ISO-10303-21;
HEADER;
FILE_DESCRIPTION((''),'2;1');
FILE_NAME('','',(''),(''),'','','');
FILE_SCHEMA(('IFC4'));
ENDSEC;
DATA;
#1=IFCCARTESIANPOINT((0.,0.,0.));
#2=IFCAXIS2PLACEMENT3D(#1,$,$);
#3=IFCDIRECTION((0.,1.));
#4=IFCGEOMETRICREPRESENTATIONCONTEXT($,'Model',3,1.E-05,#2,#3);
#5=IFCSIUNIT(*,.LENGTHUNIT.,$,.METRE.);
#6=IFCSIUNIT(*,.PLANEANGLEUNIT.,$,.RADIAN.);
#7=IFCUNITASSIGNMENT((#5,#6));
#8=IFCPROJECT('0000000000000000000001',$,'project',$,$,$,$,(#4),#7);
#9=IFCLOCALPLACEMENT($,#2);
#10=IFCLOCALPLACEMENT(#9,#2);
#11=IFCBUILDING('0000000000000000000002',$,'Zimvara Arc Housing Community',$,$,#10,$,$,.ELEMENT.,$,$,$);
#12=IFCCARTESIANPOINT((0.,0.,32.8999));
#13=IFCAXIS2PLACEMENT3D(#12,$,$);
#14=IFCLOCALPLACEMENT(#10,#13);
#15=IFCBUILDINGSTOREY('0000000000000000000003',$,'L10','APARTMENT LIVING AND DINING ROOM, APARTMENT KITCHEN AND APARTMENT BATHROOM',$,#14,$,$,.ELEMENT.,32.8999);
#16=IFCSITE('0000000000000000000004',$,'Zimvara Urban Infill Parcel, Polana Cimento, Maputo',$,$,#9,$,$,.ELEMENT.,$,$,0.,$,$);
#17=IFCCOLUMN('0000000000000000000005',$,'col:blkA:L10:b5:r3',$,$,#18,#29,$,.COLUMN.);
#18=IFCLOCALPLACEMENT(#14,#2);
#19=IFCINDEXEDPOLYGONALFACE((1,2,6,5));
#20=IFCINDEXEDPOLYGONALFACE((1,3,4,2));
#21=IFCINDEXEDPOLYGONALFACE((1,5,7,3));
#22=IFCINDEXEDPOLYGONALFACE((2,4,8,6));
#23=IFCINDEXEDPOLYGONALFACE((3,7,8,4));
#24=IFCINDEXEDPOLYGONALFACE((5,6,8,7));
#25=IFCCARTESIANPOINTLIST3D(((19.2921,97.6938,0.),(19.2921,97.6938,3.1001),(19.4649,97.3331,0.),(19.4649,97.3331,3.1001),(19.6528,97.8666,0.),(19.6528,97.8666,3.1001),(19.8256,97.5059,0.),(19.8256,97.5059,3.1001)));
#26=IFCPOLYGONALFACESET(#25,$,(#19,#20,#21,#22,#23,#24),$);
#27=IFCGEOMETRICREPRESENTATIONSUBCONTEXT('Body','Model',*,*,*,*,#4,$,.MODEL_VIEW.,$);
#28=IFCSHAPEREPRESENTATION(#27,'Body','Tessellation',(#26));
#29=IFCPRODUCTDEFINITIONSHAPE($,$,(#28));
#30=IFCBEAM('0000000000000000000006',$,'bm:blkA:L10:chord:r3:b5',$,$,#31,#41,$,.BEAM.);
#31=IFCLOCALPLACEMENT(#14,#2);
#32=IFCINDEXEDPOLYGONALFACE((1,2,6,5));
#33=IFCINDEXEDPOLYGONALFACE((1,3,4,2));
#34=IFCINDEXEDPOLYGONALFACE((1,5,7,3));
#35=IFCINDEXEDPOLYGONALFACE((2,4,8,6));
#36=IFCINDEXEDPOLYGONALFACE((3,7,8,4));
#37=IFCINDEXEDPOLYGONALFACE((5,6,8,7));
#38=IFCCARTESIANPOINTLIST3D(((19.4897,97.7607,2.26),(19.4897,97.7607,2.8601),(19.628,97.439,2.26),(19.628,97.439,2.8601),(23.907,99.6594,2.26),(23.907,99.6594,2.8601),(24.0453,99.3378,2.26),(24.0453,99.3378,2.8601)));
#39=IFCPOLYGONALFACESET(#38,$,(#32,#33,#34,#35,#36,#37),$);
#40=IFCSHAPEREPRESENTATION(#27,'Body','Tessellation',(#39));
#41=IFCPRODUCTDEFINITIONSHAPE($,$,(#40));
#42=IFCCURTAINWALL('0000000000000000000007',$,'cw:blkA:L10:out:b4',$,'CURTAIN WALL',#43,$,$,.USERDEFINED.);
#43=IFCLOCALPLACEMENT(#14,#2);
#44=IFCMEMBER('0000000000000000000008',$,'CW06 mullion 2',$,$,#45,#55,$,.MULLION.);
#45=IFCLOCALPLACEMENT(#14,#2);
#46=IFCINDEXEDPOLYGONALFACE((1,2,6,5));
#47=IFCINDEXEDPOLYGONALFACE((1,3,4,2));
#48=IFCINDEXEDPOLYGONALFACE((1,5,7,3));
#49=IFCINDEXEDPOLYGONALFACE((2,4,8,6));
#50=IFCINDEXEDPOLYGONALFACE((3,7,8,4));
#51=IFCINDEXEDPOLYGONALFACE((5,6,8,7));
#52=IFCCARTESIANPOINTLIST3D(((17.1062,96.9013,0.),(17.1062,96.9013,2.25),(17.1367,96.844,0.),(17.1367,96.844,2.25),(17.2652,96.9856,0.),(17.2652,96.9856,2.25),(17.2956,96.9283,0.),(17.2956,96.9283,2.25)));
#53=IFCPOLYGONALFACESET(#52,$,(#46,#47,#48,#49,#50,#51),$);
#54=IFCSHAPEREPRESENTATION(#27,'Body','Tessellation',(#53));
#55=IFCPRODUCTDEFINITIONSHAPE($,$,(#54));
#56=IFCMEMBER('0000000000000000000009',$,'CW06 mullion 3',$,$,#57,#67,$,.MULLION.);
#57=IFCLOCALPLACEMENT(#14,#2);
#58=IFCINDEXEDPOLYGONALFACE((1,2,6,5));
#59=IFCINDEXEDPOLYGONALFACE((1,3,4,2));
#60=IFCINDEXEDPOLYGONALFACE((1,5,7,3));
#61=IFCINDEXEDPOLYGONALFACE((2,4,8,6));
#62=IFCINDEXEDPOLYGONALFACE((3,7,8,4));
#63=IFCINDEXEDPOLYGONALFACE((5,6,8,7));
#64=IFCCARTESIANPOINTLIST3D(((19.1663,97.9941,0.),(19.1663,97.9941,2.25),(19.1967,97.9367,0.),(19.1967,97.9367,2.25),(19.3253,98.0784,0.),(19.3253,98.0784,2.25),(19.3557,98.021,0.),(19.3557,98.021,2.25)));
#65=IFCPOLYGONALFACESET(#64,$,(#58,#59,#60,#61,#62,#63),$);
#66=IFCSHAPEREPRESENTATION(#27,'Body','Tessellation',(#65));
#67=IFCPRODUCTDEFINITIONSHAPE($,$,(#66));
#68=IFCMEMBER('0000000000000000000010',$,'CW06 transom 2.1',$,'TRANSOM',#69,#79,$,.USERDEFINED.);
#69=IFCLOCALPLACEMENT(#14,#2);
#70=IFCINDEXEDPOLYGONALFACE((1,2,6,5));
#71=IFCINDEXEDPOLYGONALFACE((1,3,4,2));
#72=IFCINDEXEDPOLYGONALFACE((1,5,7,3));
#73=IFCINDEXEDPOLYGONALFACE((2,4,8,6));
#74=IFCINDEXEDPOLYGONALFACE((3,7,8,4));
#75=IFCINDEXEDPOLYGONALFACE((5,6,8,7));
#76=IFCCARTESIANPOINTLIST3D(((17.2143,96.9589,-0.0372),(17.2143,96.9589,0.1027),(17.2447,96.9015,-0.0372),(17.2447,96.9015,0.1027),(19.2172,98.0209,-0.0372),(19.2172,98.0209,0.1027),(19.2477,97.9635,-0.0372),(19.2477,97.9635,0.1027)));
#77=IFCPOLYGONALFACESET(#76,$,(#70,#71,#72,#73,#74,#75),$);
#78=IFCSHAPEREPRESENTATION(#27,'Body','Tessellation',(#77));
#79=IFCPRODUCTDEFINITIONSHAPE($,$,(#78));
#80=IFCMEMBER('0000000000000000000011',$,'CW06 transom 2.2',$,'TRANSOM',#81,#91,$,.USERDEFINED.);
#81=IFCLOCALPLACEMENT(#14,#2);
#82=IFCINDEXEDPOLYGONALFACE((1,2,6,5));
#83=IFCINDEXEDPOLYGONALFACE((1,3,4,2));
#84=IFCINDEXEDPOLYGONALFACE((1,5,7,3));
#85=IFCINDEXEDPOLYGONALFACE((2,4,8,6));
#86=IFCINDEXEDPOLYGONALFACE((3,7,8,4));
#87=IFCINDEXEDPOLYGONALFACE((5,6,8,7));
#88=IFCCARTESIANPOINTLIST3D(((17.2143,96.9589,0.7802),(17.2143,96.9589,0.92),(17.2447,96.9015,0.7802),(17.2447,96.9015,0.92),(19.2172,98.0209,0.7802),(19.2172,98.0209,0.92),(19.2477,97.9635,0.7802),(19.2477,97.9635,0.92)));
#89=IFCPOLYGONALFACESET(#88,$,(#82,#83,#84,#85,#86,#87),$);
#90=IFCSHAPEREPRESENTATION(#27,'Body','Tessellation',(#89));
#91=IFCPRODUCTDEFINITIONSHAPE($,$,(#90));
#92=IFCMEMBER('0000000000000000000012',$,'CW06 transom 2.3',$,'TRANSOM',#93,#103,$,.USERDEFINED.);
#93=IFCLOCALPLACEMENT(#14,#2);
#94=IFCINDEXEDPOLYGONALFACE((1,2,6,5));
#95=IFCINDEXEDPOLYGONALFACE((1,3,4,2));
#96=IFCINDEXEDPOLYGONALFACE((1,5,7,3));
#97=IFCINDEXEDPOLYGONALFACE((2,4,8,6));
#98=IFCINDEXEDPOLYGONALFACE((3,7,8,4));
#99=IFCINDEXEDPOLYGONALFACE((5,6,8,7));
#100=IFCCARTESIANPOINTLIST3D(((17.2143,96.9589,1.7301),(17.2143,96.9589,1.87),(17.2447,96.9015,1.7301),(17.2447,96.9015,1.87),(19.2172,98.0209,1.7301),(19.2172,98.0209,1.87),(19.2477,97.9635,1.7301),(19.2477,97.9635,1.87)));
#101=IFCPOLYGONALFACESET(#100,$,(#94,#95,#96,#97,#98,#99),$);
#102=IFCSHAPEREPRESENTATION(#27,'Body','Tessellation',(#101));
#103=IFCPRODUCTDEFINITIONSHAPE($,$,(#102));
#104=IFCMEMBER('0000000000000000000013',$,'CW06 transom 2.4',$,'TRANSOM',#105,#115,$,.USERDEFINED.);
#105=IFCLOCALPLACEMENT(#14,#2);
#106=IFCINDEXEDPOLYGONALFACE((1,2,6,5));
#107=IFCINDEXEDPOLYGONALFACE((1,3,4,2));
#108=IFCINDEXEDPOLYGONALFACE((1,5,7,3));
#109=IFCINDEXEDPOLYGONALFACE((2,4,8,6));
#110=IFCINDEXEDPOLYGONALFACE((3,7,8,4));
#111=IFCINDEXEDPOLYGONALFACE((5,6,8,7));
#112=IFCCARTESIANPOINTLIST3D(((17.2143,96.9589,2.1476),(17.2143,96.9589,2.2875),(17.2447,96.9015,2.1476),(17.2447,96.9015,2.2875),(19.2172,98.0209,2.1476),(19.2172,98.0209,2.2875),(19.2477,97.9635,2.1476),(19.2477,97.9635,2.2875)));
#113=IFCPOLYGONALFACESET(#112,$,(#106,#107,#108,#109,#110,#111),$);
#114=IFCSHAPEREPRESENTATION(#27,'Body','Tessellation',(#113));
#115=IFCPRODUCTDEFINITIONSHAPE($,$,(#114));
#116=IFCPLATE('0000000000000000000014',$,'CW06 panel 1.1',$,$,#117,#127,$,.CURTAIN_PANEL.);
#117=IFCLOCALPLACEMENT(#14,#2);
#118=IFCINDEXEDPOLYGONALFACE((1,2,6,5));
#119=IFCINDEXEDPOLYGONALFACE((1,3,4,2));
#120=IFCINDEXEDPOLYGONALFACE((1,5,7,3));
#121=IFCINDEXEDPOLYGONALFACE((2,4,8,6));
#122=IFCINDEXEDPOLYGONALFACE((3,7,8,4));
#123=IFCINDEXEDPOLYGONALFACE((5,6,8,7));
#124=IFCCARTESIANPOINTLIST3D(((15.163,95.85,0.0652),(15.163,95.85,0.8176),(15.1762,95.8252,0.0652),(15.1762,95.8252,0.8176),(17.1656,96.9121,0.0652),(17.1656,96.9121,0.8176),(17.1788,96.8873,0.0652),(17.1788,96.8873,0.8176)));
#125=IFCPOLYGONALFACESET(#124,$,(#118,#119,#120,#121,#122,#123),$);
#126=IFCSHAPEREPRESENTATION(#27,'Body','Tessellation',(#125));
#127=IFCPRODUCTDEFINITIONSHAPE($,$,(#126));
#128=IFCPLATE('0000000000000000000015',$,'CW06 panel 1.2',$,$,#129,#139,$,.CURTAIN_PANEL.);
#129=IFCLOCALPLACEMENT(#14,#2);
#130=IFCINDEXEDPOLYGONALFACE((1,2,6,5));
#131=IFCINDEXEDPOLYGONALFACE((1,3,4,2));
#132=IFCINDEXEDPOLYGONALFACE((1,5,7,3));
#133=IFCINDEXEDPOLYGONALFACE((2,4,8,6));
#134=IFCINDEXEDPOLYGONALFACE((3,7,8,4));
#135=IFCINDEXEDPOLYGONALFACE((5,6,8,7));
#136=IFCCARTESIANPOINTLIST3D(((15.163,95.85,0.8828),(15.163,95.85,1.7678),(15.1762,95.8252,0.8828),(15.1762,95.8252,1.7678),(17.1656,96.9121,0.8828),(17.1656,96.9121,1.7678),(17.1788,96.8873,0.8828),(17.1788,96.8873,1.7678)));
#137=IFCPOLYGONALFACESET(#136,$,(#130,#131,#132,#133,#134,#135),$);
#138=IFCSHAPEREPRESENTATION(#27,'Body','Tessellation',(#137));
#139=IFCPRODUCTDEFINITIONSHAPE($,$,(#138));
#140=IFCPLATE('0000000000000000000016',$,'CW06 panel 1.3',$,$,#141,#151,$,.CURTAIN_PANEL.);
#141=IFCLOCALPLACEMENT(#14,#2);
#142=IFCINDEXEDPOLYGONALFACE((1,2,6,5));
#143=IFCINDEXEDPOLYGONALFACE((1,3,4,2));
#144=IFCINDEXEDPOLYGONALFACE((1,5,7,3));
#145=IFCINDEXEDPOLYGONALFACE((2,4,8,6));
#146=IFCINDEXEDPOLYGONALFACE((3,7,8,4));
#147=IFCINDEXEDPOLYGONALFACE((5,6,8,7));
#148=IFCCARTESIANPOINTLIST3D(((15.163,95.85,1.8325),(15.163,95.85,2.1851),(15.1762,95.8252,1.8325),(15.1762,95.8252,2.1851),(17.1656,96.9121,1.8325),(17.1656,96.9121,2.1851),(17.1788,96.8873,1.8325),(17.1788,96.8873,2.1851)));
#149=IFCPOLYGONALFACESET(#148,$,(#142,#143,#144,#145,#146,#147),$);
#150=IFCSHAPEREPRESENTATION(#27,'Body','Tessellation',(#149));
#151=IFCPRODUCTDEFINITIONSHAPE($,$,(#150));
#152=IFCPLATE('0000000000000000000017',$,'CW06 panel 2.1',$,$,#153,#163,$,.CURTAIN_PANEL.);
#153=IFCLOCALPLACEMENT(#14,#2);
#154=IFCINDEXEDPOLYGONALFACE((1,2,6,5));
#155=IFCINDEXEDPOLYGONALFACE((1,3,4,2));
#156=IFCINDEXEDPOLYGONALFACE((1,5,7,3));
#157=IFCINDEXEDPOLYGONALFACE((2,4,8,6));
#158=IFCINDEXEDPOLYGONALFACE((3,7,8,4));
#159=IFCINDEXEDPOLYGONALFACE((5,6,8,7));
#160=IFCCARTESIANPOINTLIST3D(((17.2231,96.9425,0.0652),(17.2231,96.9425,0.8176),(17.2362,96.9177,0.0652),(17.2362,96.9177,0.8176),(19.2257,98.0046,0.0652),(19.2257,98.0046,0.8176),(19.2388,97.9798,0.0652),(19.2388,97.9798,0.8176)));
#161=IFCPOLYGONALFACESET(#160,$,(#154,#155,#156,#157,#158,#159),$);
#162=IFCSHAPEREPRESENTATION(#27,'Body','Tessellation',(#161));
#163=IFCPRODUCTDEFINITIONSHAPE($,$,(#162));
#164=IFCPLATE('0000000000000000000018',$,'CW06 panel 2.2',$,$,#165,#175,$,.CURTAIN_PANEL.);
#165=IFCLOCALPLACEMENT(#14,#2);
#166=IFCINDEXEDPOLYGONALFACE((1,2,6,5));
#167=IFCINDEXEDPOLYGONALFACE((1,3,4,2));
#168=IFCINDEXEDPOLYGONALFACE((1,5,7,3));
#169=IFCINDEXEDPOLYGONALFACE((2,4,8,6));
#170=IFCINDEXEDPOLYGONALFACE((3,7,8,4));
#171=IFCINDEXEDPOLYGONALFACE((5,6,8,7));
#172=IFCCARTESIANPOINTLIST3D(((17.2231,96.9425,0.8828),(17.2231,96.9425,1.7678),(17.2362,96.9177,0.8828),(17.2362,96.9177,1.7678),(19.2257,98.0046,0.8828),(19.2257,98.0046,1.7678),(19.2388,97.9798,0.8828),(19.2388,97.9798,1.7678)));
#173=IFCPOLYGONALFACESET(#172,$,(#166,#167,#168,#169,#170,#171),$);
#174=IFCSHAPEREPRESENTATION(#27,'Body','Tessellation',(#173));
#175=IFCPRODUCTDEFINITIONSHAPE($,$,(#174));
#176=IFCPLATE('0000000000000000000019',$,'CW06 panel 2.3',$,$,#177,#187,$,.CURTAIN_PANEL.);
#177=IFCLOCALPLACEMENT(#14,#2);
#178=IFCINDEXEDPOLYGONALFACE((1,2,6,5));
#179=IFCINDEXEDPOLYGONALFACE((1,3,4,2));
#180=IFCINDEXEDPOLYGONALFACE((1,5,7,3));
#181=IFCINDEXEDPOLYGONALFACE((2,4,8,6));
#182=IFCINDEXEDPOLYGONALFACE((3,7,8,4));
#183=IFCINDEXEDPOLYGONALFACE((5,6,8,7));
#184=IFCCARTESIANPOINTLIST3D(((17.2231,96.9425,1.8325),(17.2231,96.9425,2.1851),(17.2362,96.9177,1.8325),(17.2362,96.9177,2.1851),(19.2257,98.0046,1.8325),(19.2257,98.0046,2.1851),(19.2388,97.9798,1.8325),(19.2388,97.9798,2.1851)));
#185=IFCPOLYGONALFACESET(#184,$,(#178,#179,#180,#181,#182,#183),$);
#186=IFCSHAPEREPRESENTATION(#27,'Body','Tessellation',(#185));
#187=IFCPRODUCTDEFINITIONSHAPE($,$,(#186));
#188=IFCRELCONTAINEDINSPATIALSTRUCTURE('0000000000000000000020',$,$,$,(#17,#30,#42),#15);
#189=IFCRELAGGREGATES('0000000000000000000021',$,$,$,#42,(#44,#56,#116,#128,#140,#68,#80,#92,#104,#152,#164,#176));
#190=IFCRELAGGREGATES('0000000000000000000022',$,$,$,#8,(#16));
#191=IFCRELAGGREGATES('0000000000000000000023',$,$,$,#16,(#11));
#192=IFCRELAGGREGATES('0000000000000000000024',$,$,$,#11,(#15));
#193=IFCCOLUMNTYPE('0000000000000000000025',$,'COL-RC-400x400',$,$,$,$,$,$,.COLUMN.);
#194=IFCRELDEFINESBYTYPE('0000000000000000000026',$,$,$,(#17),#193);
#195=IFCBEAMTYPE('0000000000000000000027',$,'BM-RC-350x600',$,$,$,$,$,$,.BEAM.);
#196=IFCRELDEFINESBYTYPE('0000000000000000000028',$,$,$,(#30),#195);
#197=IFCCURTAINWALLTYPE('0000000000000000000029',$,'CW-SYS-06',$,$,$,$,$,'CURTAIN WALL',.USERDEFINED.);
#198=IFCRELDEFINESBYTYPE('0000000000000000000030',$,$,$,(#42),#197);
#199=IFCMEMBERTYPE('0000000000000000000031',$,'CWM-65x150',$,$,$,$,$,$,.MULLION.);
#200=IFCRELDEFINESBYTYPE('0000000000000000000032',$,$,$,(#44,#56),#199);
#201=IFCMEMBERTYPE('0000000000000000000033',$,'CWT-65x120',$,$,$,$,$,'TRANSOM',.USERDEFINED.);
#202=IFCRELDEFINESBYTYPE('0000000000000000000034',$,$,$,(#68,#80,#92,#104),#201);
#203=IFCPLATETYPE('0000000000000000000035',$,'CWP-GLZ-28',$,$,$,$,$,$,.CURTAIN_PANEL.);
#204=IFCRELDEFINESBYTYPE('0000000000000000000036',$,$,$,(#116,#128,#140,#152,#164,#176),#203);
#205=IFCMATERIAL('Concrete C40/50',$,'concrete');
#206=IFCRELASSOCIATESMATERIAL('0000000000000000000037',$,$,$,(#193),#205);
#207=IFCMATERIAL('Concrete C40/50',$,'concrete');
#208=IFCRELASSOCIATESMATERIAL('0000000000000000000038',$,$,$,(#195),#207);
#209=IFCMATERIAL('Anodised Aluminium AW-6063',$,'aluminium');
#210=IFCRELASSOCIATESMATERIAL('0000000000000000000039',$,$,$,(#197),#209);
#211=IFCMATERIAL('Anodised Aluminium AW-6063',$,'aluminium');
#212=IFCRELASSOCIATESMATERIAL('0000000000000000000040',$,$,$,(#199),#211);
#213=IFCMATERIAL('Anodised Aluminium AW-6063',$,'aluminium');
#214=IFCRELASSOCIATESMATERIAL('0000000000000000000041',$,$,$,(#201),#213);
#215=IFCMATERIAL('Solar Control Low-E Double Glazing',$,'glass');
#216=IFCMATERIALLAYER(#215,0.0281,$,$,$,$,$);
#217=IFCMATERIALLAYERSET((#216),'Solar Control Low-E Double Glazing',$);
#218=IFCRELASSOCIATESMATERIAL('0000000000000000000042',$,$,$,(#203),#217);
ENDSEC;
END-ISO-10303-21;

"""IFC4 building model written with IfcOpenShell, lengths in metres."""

from ifc_helpers import new_model, si_unit, direction, frame, origin, origin_2d, place, context, subcontext, project, spatial, rectangle, extrude, material, layer, layer_set, material_profile, profile_set, type_object, element, aggregate, save


model = new_model("IFC4")

# Units and contexts
model_context = context("Model", 3, precision=1e-05, world=origin(), true_north=direction((0.0, 1.0)))
body_context = subcontext(model_context, "Body", "Model", "MODEL_VIEW")
ifc_project = project(units=[si_unit("LENGTHUNIT", "METRE"), si_unit("PLANEANGLEUNIT", "RADIAN")], contexts=[model_context])

# Site, building, storey
site_placement = place(None, origin())
site = spatial("IfcSite", under=ifc_project, at=site_placement, Name="Zimvara Urban Infill Parcel, Polana Cimento, Maputo", CompositionType="ELEMENT", RefElevation=0.0)
building_placement = place(site_placement, origin())
building = spatial("IfcBuilding", under=site, at=building_placement, Name="Zimvara Arc Housing Community", CompositionType="ELEMENT")
storey_placement = place(building_placement, frame((0.0, 0.0, 32.8999)))
storey = spatial("IfcBuildingStorey", under=building, at=storey_placement, Name="L10", Description="APARTMENT LIVING AND DINING ROOM, APARTMENT KITCHEN AND APARTMENT BATHROOM", CompositionType="ELEMENT", Elevation=32.8999)

# Column
ifc_material_1 = material(Name="Concrete C40/50", Category="concrete")
ifc_material_profile_1 = material_profile(ifc_material_1, rectangle(XDim=0.3999, YDim=0.3999, at=origin_2d()), Name="RC 400x400")
ifc_profile_set_1 = profile_set([ifc_material_profile_1], Name="Concrete C40/50")
column_type = type_object("IfcColumnType", Name="COL-RC-400x400", PredefinedType="COLUMN", material=ifc_profile_set_1)
column_placement = place(storey_placement, frame((19.5588, 97.5999, 0.0), z_axis=(0.0, 0.0, 1.0), x_axis=(-0.432086, 0.901833, 0.0)))
element("IfcColumn", 1, at=column_placement, inside=storey, type_object=column_type, Name="col:blkA:L10:b5:r3", PredefinedType="COLUMN", context=body_context, shape_type="SweptSolid", body=[
    extrude(rectangle(XDim=0.3999, YDim=0.3999, at=origin_2d()), origin(), (0.0, 0.0, 1.0), 3.1001),
])

# Beam
ifc_material_2 = material(Name="Concrete C40/50", Category="concrete")
ifc_material_profile_2 = material_profile(ifc_material_2, rectangle(XDim=0.3501, YDim=0.6001, at=origin_2d()), Name="RC 350x600")
ifc_profile_set_2 = profile_set([ifc_material_profile_2], Name="Concrete C40/50")
beam_type = type_object("IfcBeamType", Name="BM-RC-350x600", PredefinedType="BEAM", material=ifc_profile_set_2)
beam_placement = place(storey_placement, frame((19.5588, 97.5999, 2.5601), z_axis=(0.918724, 0.3949, 0.0), x_axis=(-0.3949, 0.918724, 0.0)))
element("IfcBeam", 2, at=beam_placement, inside=storey, type_object=beam_type, Name="bm:blkA:L10:chord:r3:b5", PredefinedType="BEAM", context=body_context, shape_type="SweptSolid", body=[
    extrude(rectangle(XDim=0.3501, YDim=0.6001, at=origin_2d()), origin(), (0.0, 0.0, 1.0), 4.8081),
])

# Curtain wall, members, plates
ifc_material_3 = material(Name="Anodised Aluminium AW-6063", Category="aluminium")
curtain_wall_type = type_object("IfcCurtainWallType", Name="CW-SYS-06", ElementType="CURTAIN WALL", PredefinedType="USERDEFINED", material=ifc_material_3)
curtain_wall_placement = place(storey_placement, origin())
curtain_wall = element("IfcCurtainWall", 3, at=curtain_wall_placement, inside=storey, type_object=curtain_wall_type, Name="cw:blkA:L10:out:b4", ObjectType="CURTAIN WALL", PredefinedType="USERDEFINED")
ifc_material_4 = material(Name="Anodised Aluminium AW-6063", Category="aluminium")
ifc_material_profile_3 = material_profile(ifc_material_4, rectangle(XDim=0.0649, YDim=0.1799, at=origin_2d()), Name="ALU 65x180")
ifc_profile_set_3 = profile_set([ifc_material_profile_3], Name="Anodised Aluminium AW-6063")
member_type_1 = type_object("IfcMemberType", Name="CWM-65x150", PredefinedType="MULLION", material=ifc_profile_set_3)
member_1_placement = place(storey_placement, frame((17.2009, 96.9148, 0.0), z_axis=(0.0, 0.0, 1.0), x_axis=(-0.468547, 0.883439, 0.0)))
member_1 = element("IfcMember", 4, at=member_1_placement, type_object=member_type_1, Name="CW06 mullion 2", PredefinedType="MULLION", context=body_context, shape_type="SweptSolid", body=[
    extrude(rectangle(XDim=0.0649, YDim=0.1799, at=origin_2d()), origin(), (0.0, 0.0, 1.0), 2.25),
])
member_2_placement = place(storey_placement, frame((19.261, 98.0076, 0.0), z_axis=(0.0, 0.0, 1.0), x_axis=(-0.468547, 0.883439, 0.0)))
member_2 = element("IfcMember", 5, at=member_2_placement, type_object=member_type_1, Name="CW06 mullion 3", PredefinedType="MULLION", context=body_context, shape_type="SweptSolid", body=[
    extrude(rectangle(XDim=0.0649, YDim=0.1799, at=origin_2d()), origin(), (0.0, 0.0, 1.0), 2.25),
])
ifc_material_5 = material(Name="Anodised Aluminium AW-6063", Category="aluminium")
ifc_material_profile_4 = material_profile(ifc_material_5, rectangle(XDim=0.0649, YDim=0.1399, at=origin_2d()), Name="ALU 65x140")
ifc_profile_set_4 = profile_set([ifc_material_profile_4], Name="Anodised Aluminium AW-6063")
member_type_2 = type_object("IfcMemberType", Name="CWT-65x120", ElementType="TRANSOM", PredefinedType="USERDEFINED", material=ifc_profile_set_4)
member_3_placement = place(storey_placement, frame((17.2295, 96.9302, 0.0327), z_axis=(0.883489, 0.468452, 0.0), x_axis=(-0.468452, 0.883489, 0.0)))
member_3 = element("IfcMember", 6, at=member_3_placement, type_object=member_type_2, Name="CW06 transom 2.1", ObjectType="TRANSOM", PredefinedType="USERDEFINED", context=body_context, shape_type="SweptSolid", body=[
    extrude(rectangle(XDim=0.0649, YDim=0.1399, at=origin_2d()), origin(), (0.0, 0.0, 1.0), 2.2671),
])
member_4_placement = place(storey_placement, frame((17.2295, 96.9302, 0.8501), z_axis=(0.883489, 0.468452, 0.0), x_axis=(-0.468452, 0.883489, 0.0)))
member_4 = element("IfcMember", 7, at=member_4_placement, type_object=member_type_2, Name="CW06 transom 2.2", ObjectType="TRANSOM", PredefinedType="USERDEFINED", context=body_context, shape_type="SweptSolid", body=[
    extrude(rectangle(XDim=0.0649, YDim=0.1399, at=origin_2d()), origin(), (0.0, 0.0, 1.0), 2.2671),
])
member_5_placement = place(storey_placement, frame((17.2295, 96.9302, 1.8), z_axis=(0.883489, 0.468452, 0.0), x_axis=(-0.468452, 0.883489, 0.0)))
member_5 = element("IfcMember", 8, at=member_5_placement, type_object=member_type_2, Name="CW06 transom 2.3", ObjectType="TRANSOM", PredefinedType="USERDEFINED", context=body_context, shape_type="SweptSolid", body=[
    extrude(rectangle(XDim=0.0649, YDim=0.1399, at=origin_2d()), origin(), (0.0, 0.0, 1.0), 2.2671),
])
member_6_placement = place(storey_placement, frame((17.2295, 96.9302, 2.2175), z_axis=(0.883489, 0.468452, 0.0), x_axis=(-0.468452, 0.883489, 0.0)))
member_6 = element("IfcMember", 9, at=member_6_placement, type_object=member_type_2, Name="CW06 transom 2.4", ObjectType="TRANSOM", PredefinedType="USERDEFINED", context=body_context, shape_type="SweptSolid", body=[
    extrude(rectangle(XDim=0.0649, YDim=0.1399, at=origin_2d()), origin(), (0.0, 0.0, 1.0), 2.2671),
])
ifc_material_6 = material(Name="Solar Control Low-E Double Glazing", Category="glass")
ifc_layer_1 = layer(ifc_material_6, 0.0281)
ifc_layer_set_1 = layer_set([ifc_layer_1], Name="Solar Control Low-E Double Glazing")
plate_type = type_object("IfcPlateType", Name="CWP-GLZ-28", PredefinedType="CURTAIN_PANEL", material=ifc_layer_set_1)
plate_1_placement = place(storey_placement, frame((16.1709, 96.3687, 0.0652), z_axis=(0.0, 0.0, 1.0), x_axis=(0.883439, 0.468547, 0.0)))
plate_1 = element("IfcPlate", 10, at=plate_1_placement, type_object=plate_type, Name="CW06 panel 1.1", PredefinedType="CURTAIN_PANEL", context=body_context, shape_type="SweptSolid", body=[
    extrude(rectangle(XDim=2.2668, YDim=0.0281, at=origin_2d()), origin(), (0.0, 0.0, 1.0), 0.7524),
])
plate_2_placement = place(storey_placement, frame((16.1709, 96.3687, 0.8828), z_axis=(0.0, 0.0, 1.0), x_axis=(0.883439, 0.468547, 0.0)))
plate_2 = element("IfcPlate", 11, at=plate_2_placement, type_object=plate_type, Name="CW06 panel 1.2", PredefinedType="CURTAIN_PANEL", context=body_context, shape_type="SweptSolid", body=[
    extrude(rectangle(XDim=2.2668, YDim=0.0281, at=origin_2d()), origin(), (0.0, 0.0, 1.0), 0.885),
])
plate_3_placement = place(storey_placement, frame((16.1709, 96.3687, 1.8325), z_axis=(0.0, 0.0, 1.0), x_axis=(0.883439, 0.468547, 0.0)))
plate_3 = element("IfcPlate", 12, at=plate_3_placement, type_object=plate_type, Name="CW06 panel 1.3", PredefinedType="CURTAIN_PANEL", context=body_context, shape_type="SweptSolid", body=[
    extrude(rectangle(XDim=2.2668, YDim=0.0281, at=origin_2d()), origin(), (0.0, 0.0, 1.0), 0.3525),
])
plate_4_placement = place(storey_placement, frame((18.231, 97.4612, 0.0652), z_axis=(0.0, 0.0, 1.0), x_axis=(0.883439, 0.468547, 0.0)))
plate_4 = element("IfcPlate", 13, at=plate_4_placement, type_object=plate_type, Name="CW06 panel 2.1", PredefinedType="CURTAIN_PANEL", context=body_context, shape_type="SweptSolid", body=[
    extrude(rectangle(XDim=2.2668, YDim=0.0281, at=origin_2d()), origin(), (0.0, 0.0, 1.0), 0.7524),
])
plate_5_placement = place(storey_placement, frame((18.231, 97.4612, 0.8828), z_axis=(0.0, 0.0, 1.0), x_axis=(0.883439, 0.468547, 0.0)))
plate_5 = element("IfcPlate", 14, at=plate_5_placement, type_object=plate_type, Name="CW06 panel 2.2", PredefinedType="CURTAIN_PANEL", context=body_context, shape_type="SweptSolid", body=[
    extrude(rectangle(XDim=2.2668, YDim=0.0281, at=origin_2d()), origin(), (0.0, 0.0, 1.0), 0.885),
])
plate_6_placement = place(storey_placement, frame((18.231, 97.4612, 1.8325), z_axis=(0.0, 0.0, 1.0), x_axis=(0.883439, 0.468547, 0.0)))
plate_6 = element("IfcPlate", 15, at=plate_6_placement, type_object=plate_type, Name="CW06 panel 2.3", PredefinedType="CURTAIN_PANEL", context=body_context, shape_type="SweptSolid", body=[
    extrude(rectangle(XDim=2.2668, YDim=0.0281, at=origin_2d()), origin(), (0.0, 0.0, 1.0), 0.3525),
])
aggregate(curtain_wall, [member_1, member_2, plate_1, plate_2, plate_3, member_3, member_4, member_5, member_6, plate_4, plate_5, plate_6])

save(model, "model.ifc")
